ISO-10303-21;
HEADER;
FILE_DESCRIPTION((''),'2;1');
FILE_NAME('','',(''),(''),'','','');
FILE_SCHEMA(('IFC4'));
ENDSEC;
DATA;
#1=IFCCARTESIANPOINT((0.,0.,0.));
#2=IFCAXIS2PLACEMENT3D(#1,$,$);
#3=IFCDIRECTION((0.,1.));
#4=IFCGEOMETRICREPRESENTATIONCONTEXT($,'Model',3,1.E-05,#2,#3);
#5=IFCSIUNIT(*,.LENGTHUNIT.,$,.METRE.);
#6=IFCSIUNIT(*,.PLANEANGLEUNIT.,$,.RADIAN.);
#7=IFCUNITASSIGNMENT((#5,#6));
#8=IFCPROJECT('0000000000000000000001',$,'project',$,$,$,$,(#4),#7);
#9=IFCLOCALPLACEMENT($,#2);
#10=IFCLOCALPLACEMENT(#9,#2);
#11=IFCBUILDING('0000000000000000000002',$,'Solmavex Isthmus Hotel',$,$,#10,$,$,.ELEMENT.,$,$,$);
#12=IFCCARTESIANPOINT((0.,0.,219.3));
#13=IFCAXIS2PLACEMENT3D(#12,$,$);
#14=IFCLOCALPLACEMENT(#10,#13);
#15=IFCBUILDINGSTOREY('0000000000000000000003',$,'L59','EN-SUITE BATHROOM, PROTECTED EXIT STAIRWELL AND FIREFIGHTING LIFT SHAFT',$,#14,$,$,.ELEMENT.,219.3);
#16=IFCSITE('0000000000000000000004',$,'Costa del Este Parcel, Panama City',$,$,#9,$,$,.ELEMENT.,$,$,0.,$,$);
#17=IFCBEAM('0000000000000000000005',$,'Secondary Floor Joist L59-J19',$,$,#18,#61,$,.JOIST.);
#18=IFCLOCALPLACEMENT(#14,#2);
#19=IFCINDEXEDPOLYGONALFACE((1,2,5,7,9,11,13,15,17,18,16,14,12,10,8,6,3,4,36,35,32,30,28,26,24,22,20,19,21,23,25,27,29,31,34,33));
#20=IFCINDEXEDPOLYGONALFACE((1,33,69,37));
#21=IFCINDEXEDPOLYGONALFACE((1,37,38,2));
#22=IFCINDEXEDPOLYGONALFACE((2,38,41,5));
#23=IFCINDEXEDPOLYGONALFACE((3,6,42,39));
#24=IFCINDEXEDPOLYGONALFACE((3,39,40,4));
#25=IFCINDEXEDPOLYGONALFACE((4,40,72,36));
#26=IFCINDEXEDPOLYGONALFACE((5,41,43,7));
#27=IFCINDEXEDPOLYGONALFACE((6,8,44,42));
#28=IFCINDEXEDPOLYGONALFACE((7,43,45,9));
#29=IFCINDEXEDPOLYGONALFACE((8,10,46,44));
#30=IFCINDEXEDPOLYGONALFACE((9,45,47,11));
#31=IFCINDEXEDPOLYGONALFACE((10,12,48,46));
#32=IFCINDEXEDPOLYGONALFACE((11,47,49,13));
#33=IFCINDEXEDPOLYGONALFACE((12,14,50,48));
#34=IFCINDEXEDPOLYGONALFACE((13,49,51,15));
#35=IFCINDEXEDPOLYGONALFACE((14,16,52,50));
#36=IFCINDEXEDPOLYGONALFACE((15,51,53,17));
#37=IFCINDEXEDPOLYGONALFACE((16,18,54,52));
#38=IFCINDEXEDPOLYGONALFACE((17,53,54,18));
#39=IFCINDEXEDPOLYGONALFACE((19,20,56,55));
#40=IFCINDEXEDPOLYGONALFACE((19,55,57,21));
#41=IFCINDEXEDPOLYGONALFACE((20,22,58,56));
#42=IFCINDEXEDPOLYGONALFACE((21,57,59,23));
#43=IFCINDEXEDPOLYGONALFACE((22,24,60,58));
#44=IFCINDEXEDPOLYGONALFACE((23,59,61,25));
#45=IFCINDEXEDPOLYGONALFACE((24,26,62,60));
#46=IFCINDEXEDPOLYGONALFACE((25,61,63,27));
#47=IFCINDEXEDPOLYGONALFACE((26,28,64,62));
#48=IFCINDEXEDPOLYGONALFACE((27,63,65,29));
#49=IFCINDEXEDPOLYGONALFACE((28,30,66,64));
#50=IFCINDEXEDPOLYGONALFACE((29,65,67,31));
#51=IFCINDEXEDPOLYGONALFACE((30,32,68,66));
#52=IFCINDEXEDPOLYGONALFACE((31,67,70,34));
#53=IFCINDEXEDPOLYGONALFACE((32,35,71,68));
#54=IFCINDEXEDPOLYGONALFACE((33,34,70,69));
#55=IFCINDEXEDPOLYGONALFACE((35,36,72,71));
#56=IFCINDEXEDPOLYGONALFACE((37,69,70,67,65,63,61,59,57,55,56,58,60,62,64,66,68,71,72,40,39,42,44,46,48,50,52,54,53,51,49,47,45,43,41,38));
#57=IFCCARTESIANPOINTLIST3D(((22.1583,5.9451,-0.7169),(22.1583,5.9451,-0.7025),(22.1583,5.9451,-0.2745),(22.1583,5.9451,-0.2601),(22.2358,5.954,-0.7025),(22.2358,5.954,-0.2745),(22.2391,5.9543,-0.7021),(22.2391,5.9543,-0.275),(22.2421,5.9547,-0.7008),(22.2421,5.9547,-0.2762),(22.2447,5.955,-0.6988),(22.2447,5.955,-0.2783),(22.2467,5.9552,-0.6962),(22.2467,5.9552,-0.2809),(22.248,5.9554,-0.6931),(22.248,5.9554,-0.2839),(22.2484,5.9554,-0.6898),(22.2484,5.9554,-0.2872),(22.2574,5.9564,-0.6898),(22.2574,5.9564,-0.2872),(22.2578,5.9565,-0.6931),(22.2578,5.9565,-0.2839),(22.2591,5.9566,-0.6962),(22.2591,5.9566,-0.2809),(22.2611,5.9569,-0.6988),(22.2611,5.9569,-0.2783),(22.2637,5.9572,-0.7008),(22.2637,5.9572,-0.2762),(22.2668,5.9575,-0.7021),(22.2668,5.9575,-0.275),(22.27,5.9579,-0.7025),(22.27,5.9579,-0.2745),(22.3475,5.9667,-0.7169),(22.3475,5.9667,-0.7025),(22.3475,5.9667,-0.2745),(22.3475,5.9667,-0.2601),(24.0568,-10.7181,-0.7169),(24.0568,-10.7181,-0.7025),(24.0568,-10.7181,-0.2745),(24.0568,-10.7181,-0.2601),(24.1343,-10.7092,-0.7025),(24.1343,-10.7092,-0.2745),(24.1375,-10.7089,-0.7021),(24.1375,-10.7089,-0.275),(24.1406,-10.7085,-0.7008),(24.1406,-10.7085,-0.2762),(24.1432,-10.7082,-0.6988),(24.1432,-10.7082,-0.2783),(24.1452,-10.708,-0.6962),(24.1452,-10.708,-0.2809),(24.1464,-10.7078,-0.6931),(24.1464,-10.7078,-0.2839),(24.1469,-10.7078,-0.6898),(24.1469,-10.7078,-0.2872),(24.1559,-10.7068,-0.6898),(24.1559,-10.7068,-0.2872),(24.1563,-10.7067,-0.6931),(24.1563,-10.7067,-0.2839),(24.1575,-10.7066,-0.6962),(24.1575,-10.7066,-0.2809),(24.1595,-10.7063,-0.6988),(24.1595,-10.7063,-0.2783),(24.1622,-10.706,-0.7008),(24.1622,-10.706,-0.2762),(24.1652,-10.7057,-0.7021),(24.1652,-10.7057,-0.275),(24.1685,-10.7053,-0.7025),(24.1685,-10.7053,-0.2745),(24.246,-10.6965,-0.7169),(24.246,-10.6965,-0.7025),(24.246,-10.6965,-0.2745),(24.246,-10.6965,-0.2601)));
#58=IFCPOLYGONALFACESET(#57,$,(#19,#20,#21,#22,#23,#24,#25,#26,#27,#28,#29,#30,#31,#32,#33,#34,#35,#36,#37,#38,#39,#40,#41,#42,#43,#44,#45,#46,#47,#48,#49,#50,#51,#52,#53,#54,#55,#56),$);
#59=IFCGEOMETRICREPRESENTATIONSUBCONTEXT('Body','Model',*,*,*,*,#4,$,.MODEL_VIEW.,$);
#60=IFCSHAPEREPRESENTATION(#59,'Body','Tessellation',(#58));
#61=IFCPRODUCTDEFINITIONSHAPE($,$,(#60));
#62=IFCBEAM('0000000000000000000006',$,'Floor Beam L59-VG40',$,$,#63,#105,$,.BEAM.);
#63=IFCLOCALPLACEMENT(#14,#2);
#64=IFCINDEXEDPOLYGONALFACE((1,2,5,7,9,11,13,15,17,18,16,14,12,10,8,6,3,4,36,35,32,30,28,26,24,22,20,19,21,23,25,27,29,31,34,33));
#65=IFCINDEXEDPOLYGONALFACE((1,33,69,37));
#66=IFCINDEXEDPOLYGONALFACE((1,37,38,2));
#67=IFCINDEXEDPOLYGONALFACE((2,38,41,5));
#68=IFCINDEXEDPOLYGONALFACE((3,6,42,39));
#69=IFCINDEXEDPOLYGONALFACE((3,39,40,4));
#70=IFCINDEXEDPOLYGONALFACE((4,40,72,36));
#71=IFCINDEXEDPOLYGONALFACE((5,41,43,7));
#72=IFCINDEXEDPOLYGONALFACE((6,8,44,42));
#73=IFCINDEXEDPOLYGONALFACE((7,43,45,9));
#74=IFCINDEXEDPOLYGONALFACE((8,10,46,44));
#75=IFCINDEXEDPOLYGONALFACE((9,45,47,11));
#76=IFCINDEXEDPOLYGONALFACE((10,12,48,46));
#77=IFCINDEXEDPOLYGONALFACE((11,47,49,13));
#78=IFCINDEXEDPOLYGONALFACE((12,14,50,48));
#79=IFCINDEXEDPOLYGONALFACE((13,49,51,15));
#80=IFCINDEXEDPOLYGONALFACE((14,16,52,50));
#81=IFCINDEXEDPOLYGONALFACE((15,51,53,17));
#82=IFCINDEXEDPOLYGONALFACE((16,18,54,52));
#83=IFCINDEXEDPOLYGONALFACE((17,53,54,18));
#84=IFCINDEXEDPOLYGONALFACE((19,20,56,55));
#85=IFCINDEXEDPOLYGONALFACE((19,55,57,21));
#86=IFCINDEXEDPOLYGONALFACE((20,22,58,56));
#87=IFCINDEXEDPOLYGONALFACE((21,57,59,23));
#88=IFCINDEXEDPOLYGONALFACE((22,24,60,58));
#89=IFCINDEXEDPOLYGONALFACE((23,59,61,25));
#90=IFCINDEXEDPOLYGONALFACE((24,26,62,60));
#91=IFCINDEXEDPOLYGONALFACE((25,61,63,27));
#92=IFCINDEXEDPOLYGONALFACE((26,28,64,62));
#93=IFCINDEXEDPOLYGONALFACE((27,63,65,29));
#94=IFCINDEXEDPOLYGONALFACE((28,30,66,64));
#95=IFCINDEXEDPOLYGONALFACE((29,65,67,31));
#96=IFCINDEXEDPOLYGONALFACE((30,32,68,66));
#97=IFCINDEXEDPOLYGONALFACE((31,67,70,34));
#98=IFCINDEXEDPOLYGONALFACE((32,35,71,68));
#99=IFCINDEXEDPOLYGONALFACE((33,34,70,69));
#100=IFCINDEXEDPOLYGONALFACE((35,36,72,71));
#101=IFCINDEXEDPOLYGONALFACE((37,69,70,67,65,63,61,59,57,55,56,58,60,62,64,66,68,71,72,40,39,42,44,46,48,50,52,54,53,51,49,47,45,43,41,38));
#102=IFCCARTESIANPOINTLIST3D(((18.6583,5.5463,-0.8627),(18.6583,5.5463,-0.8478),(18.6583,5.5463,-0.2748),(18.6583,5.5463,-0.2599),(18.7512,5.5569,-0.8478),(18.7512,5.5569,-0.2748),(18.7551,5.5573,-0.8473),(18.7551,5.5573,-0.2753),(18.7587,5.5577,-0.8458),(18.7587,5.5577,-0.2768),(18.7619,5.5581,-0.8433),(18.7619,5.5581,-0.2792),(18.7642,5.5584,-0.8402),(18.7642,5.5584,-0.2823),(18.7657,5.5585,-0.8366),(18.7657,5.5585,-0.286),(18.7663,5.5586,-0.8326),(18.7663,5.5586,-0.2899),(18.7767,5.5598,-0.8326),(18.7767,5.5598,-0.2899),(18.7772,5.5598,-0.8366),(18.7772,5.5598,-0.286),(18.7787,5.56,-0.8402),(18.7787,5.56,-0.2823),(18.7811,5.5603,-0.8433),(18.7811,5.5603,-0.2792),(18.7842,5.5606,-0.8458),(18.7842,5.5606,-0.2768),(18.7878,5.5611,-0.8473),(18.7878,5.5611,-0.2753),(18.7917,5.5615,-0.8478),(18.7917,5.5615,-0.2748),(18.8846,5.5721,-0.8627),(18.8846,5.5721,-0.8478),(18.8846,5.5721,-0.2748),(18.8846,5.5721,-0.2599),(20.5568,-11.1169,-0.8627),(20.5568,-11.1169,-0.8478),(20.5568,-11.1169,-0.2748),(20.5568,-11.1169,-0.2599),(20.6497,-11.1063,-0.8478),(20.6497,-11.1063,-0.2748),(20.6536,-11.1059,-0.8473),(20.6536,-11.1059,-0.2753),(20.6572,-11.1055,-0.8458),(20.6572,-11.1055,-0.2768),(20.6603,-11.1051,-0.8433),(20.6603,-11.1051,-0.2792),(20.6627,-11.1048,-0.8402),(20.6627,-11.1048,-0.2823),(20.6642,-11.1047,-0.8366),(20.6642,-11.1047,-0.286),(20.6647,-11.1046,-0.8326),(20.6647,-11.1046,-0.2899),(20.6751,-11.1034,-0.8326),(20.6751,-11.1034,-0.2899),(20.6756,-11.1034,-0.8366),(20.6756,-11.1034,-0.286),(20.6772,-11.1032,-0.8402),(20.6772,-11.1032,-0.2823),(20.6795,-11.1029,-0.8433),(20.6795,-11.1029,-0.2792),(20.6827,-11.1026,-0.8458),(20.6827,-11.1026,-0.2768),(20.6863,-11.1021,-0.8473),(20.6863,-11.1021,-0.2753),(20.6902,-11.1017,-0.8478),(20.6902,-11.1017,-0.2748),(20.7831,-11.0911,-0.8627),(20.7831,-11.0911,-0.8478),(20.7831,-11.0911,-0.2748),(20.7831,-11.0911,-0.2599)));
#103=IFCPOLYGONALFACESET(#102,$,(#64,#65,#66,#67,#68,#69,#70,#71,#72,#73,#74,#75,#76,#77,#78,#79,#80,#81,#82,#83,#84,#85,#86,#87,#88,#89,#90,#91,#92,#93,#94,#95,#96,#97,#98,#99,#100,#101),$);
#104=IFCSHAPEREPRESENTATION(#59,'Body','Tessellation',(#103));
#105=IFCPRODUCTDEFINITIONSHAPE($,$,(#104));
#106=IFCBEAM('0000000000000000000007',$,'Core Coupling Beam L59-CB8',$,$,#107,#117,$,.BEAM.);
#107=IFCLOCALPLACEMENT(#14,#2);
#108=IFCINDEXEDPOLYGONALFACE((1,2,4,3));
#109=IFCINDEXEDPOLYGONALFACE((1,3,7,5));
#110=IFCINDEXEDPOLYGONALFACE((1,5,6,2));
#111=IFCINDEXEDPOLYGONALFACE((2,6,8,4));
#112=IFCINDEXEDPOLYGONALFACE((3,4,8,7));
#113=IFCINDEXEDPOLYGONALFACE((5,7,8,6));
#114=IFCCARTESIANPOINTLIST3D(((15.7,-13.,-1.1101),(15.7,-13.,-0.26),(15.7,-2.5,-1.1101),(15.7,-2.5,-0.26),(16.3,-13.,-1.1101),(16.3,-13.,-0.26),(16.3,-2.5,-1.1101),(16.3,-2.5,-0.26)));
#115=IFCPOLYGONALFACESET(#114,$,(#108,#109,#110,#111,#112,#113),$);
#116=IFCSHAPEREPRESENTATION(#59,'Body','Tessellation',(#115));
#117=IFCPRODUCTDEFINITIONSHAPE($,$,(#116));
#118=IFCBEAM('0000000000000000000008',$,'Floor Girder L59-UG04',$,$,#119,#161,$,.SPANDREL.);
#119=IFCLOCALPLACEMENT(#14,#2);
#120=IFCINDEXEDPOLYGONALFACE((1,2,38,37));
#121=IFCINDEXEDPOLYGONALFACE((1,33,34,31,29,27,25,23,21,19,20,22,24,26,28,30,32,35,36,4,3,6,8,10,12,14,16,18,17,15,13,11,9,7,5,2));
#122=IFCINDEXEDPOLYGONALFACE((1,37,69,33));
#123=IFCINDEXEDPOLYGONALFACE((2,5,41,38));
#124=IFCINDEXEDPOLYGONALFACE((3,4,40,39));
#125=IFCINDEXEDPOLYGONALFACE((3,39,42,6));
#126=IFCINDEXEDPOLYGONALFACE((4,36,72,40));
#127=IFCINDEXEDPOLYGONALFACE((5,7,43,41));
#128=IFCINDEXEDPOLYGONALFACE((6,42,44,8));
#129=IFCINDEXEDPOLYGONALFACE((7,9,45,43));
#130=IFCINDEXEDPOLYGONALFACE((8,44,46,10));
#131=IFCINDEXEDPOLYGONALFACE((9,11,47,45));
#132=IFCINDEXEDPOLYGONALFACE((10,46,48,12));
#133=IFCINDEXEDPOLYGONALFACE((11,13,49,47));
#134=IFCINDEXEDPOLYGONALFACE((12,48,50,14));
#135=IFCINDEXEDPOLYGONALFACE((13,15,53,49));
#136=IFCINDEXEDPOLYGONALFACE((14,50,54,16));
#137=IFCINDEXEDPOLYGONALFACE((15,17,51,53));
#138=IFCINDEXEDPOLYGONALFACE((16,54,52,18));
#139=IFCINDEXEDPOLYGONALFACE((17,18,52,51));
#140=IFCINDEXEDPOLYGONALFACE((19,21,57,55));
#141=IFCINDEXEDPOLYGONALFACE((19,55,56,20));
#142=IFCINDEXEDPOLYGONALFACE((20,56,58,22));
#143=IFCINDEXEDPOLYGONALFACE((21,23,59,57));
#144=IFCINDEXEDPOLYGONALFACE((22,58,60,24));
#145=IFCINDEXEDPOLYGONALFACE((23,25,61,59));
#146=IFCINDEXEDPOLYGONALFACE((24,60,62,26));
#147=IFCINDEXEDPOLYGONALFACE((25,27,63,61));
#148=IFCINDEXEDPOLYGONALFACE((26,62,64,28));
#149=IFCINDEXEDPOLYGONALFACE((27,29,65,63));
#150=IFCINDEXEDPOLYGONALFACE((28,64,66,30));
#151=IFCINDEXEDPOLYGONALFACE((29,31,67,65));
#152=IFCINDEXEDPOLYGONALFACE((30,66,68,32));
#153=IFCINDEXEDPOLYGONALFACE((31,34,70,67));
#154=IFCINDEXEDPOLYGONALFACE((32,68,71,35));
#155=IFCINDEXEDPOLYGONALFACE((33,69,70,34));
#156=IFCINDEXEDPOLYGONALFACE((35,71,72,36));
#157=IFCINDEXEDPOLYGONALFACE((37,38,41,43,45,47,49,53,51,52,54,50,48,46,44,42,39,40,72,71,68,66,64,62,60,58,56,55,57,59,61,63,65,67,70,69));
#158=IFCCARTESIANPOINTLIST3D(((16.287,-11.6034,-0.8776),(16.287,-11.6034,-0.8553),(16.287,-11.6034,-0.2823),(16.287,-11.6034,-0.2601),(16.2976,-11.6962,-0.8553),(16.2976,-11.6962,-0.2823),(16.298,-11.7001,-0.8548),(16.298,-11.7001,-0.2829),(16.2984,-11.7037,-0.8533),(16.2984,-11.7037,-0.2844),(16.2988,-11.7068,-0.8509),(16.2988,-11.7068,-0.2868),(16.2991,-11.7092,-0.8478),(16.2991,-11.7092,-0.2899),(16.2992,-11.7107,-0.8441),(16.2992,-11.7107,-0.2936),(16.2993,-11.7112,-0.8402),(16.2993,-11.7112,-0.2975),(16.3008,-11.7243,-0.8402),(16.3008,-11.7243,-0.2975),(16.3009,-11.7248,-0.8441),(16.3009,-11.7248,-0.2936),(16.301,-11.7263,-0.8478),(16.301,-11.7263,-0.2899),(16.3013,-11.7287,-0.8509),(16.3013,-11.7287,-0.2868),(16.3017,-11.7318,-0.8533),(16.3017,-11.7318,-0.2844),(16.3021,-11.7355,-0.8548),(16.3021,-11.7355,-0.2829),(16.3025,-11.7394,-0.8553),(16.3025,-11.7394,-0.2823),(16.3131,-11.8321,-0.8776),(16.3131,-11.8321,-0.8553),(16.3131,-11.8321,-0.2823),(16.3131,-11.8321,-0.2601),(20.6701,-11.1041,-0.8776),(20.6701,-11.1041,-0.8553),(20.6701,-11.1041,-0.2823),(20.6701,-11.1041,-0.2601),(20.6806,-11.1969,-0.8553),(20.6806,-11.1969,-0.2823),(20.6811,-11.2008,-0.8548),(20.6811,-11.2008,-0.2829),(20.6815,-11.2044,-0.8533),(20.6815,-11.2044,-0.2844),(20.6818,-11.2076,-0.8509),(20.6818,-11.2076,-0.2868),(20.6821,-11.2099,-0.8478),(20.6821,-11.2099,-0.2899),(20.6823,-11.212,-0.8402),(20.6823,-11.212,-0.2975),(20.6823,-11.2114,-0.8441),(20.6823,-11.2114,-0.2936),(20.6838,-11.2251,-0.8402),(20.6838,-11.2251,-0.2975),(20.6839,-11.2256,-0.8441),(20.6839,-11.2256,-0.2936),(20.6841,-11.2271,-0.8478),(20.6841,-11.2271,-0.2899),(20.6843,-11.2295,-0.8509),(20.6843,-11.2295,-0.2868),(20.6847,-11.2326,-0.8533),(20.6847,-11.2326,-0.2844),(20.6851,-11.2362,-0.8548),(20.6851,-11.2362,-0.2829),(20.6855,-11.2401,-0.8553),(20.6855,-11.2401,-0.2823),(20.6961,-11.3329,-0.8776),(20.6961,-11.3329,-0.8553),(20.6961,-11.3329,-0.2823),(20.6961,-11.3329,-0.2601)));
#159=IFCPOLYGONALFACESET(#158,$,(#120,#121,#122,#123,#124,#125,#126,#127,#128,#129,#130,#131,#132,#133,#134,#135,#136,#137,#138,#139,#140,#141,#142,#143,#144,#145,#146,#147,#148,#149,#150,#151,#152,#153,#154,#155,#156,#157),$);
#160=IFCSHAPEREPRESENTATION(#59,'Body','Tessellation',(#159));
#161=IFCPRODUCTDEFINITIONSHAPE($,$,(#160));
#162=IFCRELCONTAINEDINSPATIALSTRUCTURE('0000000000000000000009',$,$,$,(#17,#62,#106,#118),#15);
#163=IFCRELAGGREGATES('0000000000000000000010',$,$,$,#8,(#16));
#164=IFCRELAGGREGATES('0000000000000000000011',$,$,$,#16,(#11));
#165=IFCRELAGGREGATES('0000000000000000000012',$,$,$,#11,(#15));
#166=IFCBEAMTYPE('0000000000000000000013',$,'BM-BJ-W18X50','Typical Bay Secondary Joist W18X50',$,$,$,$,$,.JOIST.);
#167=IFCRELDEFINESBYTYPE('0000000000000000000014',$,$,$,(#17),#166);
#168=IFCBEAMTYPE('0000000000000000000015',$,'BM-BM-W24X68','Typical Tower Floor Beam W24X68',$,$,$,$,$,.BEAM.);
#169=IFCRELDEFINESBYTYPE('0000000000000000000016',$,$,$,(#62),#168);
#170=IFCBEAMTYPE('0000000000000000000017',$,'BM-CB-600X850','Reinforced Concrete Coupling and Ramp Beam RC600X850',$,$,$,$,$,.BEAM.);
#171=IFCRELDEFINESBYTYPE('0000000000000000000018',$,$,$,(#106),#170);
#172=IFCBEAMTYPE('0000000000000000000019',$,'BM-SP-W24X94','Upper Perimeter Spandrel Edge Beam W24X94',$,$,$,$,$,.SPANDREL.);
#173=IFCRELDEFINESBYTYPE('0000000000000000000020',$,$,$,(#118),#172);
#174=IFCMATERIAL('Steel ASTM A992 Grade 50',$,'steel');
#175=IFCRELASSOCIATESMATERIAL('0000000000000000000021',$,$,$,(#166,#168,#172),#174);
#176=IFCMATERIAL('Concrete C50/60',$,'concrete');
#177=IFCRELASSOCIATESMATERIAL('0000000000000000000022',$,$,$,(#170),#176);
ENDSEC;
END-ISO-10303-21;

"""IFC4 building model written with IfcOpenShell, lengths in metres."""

from ifc_helpers import new_model, si_unit, direction, frame, origin, origin_2d, place, context, subcontext, project, spatial, rectangle, i_section, extrude, material, material_profile, profile_set, type_object, element, save


model = new_model("IFC4")

# Units and contexts
model_context = context("Model", 3, precision=1e-05, world=origin(), true_north=direction((0.0, 1.0)))
body_context = subcontext(model_context, "Body", "Model", "MODEL_VIEW")
ifc_project = project(units=[si_unit("LENGTHUNIT", "METRE"), si_unit("PLANEANGLEUNIT", "RADIAN")], contexts=[model_context])

# Site, building, storey
site_placement = place(None, origin())
site = spatial("IfcSite", under=ifc_project, at=site_placement, Name="Costa del Este Parcel, Panama City", CompositionType="ELEMENT", RefElevation=0.0)
building_placement = place(site_placement, origin())
building = spatial("IfcBuilding", under=site, at=building_placement, Name="Solmavex Isthmus Hotel", CompositionType="ELEMENT")
storey_placement = place(building_placement, frame((0.0, 0.0, 219.3)))
storey = spatial("IfcBuildingStorey", under=building, at=storey_placement, Name="L59", Description="EN-SUITE BATHROOM, PROTECTED EXIT STAIRWELL AND FIREFIGHTING LIFT SHAFT", CompositionType="ELEMENT", Elevation=219.3)

# Shared definitions
ifc_material_1 = material(Name="Concrete C50/60", Category="concrete")

# Beams
ifc_material_2 = material(Name="Steel ASTM A992 Grade 50", Category="steel")
ifc_material_profile_1 = material_profile(ifc_material_2, i_section(OverallWidth=0.1904, OverallDepth=0.4568, WebThickness=0.009, FlangeThickness=0.0144, FilletRadius=0.0127, at=origin_2d()), Name="W18X50")
ifc_profile_set_1 = profile_set([ifc_material_profile_1], Name="Steel ASTM A992 Grade 50")
beam_type_1 = type_object("IfcBeamType", Name="BM-BJ-W18X50", Description="Typical Bay Secondary Joist W18X50", PredefinedType="JOIST", material=ifc_profile_set_1)
beam_1_placement = place(storey_placement, frame((24.1514, -10.7073, -0.4885), z_axis=(-0.113198, 0.993572, 0.0), x_axis=(-0.993572, -0.113198, 0.0)))
element("IfcBeam", 1, at=beam_1_placement, inside=storey, type_object=beam_type_1, Name="Secondary Floor Joist L59-J19", PredefinedType="JOIST", context=body_context, shape_type="SweptSolid", body=[
    extrude(i_section(OverallWidth=0.1904, OverallDepth=0.4568, WebThickness=0.009, FlangeThickness=0.0144, FilletRadius=0.0127, at=origin_2d()), origin(), (0.0, 0.0, 1.0), 16.771),
])
ifc_material_profile_2 = material_profile(ifc_material_2, i_section(OverallWidth=0.2278, OverallDepth=0.6028, WebThickness=0.0105, FlangeThickness=0.0149, FilletRadius=0.0151, at=origin_2d()), Name="W24X68")
ifc_profile_set_2 = profile_set([ifc_material_profile_2], Name="Steel ASTM A992 Grade 50")
beam_type_2 = type_object("IfcBeamType", Name="BM-BM-W24X68", Description="Typical Tower Floor Beam W24X68", PredefinedType="BEAM", material=ifc_profile_set_2)
beam_2_placement = place(storey_placement, frame((20.6699, -11.104, -0.5613), z_axis=(-0.113198, 0.993572, 0.0), x_axis=(-0.993572, -0.113198, 0.0)))
element("IfcBeam", 2, at=beam_2_placement, inside=storey, type_object=beam_type_2, Name="Floor Beam L59-VG40", PredefinedType="BEAM", context=body_context, shape_type="SweptSolid", body=[
    extrude(i_section(OverallWidth=0.2278, OverallDepth=0.6028, WebThickness=0.0105, FlangeThickness=0.0149, FilletRadius=0.0151, at=origin_2d()), origin(), (0.0, 0.0, 1.0), 16.771),
])
ifc_material_profile_3 = material_profile(ifc_material_1, rectangle(XDim=0.6001, YDim=0.8501, at=origin_2d()), Name="RC600X850")
ifc_profile_set_3 = profile_set([ifc_material_profile_3], Name="Concrete C50/60")
beam_type_3 = type_object("IfcBeamType", Name="BM-CB-600X850", Description="Reinforced Concrete Coupling and Ramp Beam RC600X850", PredefinedType="BEAM", material=ifc_profile_set_3)
beam_3_placement = place(storey_placement, frame((16.0, -13.0, -0.6851), z_axis=(0.0, 1.0, 0.0), x_axis=(-1.0, 0.0, 0.0)))
element("IfcBeam", 3, at=beam_3_placement, inside=storey, type_object=beam_type_3, Name="Core Coupling Beam L59-CB8", PredefinedType="BEAM", context=body_context, shape_type="SweptSolid", body=[
    extrude(rectangle(XDim=0.6001, YDim=0.8501, at=origin_2d()), origin(), (0.0, 0.0, 1.0), 10.5),
])
ifc_material_profile_4 = material_profile(ifc_material_2, i_section(OverallWidth=0.2302, OverallDepth=0.6174, WebThickness=0.0132, FlangeThickness=0.0222, FilletRadius=0.0151, at=origin_2d()), Name="W24X94")
ifc_profile_set_4 = profile_set([ifc_material_profile_4], Name="Steel ASTM A992 Grade 50")
beam_type_4 = type_object("IfcBeamType", Name="BM-SP-W24X94", Description="Upper Perimeter Spandrel Edge Beam W24X94", PredefinedType="SPANDREL", material=ifc_profile_set_4)
beam_4_placement = place(storey_placement, frame((16.3, -11.7178, -0.5688), z_axis=(0.993575, 0.113177, 0.0), x_axis=(-0.113177, 0.993575, 0.0)))
element("IfcBeam", 4, at=beam_4_placement, inside=storey, type_object=beam_type_4, Name="Floor Girder L59-UG04", PredefinedType="SPANDREL", context=body_context, shape_type="SweptSolid", body=[
    extrude(i_section(OverallWidth=0.2302, OverallDepth=0.6174, WebThickness=0.0132, FlangeThickness=0.0222, FilletRadius=0.0151, at=origin_2d()), origin(), (0.0, 0.0, 1.0), 4.4114),
])

save(model, "model.ifc")
